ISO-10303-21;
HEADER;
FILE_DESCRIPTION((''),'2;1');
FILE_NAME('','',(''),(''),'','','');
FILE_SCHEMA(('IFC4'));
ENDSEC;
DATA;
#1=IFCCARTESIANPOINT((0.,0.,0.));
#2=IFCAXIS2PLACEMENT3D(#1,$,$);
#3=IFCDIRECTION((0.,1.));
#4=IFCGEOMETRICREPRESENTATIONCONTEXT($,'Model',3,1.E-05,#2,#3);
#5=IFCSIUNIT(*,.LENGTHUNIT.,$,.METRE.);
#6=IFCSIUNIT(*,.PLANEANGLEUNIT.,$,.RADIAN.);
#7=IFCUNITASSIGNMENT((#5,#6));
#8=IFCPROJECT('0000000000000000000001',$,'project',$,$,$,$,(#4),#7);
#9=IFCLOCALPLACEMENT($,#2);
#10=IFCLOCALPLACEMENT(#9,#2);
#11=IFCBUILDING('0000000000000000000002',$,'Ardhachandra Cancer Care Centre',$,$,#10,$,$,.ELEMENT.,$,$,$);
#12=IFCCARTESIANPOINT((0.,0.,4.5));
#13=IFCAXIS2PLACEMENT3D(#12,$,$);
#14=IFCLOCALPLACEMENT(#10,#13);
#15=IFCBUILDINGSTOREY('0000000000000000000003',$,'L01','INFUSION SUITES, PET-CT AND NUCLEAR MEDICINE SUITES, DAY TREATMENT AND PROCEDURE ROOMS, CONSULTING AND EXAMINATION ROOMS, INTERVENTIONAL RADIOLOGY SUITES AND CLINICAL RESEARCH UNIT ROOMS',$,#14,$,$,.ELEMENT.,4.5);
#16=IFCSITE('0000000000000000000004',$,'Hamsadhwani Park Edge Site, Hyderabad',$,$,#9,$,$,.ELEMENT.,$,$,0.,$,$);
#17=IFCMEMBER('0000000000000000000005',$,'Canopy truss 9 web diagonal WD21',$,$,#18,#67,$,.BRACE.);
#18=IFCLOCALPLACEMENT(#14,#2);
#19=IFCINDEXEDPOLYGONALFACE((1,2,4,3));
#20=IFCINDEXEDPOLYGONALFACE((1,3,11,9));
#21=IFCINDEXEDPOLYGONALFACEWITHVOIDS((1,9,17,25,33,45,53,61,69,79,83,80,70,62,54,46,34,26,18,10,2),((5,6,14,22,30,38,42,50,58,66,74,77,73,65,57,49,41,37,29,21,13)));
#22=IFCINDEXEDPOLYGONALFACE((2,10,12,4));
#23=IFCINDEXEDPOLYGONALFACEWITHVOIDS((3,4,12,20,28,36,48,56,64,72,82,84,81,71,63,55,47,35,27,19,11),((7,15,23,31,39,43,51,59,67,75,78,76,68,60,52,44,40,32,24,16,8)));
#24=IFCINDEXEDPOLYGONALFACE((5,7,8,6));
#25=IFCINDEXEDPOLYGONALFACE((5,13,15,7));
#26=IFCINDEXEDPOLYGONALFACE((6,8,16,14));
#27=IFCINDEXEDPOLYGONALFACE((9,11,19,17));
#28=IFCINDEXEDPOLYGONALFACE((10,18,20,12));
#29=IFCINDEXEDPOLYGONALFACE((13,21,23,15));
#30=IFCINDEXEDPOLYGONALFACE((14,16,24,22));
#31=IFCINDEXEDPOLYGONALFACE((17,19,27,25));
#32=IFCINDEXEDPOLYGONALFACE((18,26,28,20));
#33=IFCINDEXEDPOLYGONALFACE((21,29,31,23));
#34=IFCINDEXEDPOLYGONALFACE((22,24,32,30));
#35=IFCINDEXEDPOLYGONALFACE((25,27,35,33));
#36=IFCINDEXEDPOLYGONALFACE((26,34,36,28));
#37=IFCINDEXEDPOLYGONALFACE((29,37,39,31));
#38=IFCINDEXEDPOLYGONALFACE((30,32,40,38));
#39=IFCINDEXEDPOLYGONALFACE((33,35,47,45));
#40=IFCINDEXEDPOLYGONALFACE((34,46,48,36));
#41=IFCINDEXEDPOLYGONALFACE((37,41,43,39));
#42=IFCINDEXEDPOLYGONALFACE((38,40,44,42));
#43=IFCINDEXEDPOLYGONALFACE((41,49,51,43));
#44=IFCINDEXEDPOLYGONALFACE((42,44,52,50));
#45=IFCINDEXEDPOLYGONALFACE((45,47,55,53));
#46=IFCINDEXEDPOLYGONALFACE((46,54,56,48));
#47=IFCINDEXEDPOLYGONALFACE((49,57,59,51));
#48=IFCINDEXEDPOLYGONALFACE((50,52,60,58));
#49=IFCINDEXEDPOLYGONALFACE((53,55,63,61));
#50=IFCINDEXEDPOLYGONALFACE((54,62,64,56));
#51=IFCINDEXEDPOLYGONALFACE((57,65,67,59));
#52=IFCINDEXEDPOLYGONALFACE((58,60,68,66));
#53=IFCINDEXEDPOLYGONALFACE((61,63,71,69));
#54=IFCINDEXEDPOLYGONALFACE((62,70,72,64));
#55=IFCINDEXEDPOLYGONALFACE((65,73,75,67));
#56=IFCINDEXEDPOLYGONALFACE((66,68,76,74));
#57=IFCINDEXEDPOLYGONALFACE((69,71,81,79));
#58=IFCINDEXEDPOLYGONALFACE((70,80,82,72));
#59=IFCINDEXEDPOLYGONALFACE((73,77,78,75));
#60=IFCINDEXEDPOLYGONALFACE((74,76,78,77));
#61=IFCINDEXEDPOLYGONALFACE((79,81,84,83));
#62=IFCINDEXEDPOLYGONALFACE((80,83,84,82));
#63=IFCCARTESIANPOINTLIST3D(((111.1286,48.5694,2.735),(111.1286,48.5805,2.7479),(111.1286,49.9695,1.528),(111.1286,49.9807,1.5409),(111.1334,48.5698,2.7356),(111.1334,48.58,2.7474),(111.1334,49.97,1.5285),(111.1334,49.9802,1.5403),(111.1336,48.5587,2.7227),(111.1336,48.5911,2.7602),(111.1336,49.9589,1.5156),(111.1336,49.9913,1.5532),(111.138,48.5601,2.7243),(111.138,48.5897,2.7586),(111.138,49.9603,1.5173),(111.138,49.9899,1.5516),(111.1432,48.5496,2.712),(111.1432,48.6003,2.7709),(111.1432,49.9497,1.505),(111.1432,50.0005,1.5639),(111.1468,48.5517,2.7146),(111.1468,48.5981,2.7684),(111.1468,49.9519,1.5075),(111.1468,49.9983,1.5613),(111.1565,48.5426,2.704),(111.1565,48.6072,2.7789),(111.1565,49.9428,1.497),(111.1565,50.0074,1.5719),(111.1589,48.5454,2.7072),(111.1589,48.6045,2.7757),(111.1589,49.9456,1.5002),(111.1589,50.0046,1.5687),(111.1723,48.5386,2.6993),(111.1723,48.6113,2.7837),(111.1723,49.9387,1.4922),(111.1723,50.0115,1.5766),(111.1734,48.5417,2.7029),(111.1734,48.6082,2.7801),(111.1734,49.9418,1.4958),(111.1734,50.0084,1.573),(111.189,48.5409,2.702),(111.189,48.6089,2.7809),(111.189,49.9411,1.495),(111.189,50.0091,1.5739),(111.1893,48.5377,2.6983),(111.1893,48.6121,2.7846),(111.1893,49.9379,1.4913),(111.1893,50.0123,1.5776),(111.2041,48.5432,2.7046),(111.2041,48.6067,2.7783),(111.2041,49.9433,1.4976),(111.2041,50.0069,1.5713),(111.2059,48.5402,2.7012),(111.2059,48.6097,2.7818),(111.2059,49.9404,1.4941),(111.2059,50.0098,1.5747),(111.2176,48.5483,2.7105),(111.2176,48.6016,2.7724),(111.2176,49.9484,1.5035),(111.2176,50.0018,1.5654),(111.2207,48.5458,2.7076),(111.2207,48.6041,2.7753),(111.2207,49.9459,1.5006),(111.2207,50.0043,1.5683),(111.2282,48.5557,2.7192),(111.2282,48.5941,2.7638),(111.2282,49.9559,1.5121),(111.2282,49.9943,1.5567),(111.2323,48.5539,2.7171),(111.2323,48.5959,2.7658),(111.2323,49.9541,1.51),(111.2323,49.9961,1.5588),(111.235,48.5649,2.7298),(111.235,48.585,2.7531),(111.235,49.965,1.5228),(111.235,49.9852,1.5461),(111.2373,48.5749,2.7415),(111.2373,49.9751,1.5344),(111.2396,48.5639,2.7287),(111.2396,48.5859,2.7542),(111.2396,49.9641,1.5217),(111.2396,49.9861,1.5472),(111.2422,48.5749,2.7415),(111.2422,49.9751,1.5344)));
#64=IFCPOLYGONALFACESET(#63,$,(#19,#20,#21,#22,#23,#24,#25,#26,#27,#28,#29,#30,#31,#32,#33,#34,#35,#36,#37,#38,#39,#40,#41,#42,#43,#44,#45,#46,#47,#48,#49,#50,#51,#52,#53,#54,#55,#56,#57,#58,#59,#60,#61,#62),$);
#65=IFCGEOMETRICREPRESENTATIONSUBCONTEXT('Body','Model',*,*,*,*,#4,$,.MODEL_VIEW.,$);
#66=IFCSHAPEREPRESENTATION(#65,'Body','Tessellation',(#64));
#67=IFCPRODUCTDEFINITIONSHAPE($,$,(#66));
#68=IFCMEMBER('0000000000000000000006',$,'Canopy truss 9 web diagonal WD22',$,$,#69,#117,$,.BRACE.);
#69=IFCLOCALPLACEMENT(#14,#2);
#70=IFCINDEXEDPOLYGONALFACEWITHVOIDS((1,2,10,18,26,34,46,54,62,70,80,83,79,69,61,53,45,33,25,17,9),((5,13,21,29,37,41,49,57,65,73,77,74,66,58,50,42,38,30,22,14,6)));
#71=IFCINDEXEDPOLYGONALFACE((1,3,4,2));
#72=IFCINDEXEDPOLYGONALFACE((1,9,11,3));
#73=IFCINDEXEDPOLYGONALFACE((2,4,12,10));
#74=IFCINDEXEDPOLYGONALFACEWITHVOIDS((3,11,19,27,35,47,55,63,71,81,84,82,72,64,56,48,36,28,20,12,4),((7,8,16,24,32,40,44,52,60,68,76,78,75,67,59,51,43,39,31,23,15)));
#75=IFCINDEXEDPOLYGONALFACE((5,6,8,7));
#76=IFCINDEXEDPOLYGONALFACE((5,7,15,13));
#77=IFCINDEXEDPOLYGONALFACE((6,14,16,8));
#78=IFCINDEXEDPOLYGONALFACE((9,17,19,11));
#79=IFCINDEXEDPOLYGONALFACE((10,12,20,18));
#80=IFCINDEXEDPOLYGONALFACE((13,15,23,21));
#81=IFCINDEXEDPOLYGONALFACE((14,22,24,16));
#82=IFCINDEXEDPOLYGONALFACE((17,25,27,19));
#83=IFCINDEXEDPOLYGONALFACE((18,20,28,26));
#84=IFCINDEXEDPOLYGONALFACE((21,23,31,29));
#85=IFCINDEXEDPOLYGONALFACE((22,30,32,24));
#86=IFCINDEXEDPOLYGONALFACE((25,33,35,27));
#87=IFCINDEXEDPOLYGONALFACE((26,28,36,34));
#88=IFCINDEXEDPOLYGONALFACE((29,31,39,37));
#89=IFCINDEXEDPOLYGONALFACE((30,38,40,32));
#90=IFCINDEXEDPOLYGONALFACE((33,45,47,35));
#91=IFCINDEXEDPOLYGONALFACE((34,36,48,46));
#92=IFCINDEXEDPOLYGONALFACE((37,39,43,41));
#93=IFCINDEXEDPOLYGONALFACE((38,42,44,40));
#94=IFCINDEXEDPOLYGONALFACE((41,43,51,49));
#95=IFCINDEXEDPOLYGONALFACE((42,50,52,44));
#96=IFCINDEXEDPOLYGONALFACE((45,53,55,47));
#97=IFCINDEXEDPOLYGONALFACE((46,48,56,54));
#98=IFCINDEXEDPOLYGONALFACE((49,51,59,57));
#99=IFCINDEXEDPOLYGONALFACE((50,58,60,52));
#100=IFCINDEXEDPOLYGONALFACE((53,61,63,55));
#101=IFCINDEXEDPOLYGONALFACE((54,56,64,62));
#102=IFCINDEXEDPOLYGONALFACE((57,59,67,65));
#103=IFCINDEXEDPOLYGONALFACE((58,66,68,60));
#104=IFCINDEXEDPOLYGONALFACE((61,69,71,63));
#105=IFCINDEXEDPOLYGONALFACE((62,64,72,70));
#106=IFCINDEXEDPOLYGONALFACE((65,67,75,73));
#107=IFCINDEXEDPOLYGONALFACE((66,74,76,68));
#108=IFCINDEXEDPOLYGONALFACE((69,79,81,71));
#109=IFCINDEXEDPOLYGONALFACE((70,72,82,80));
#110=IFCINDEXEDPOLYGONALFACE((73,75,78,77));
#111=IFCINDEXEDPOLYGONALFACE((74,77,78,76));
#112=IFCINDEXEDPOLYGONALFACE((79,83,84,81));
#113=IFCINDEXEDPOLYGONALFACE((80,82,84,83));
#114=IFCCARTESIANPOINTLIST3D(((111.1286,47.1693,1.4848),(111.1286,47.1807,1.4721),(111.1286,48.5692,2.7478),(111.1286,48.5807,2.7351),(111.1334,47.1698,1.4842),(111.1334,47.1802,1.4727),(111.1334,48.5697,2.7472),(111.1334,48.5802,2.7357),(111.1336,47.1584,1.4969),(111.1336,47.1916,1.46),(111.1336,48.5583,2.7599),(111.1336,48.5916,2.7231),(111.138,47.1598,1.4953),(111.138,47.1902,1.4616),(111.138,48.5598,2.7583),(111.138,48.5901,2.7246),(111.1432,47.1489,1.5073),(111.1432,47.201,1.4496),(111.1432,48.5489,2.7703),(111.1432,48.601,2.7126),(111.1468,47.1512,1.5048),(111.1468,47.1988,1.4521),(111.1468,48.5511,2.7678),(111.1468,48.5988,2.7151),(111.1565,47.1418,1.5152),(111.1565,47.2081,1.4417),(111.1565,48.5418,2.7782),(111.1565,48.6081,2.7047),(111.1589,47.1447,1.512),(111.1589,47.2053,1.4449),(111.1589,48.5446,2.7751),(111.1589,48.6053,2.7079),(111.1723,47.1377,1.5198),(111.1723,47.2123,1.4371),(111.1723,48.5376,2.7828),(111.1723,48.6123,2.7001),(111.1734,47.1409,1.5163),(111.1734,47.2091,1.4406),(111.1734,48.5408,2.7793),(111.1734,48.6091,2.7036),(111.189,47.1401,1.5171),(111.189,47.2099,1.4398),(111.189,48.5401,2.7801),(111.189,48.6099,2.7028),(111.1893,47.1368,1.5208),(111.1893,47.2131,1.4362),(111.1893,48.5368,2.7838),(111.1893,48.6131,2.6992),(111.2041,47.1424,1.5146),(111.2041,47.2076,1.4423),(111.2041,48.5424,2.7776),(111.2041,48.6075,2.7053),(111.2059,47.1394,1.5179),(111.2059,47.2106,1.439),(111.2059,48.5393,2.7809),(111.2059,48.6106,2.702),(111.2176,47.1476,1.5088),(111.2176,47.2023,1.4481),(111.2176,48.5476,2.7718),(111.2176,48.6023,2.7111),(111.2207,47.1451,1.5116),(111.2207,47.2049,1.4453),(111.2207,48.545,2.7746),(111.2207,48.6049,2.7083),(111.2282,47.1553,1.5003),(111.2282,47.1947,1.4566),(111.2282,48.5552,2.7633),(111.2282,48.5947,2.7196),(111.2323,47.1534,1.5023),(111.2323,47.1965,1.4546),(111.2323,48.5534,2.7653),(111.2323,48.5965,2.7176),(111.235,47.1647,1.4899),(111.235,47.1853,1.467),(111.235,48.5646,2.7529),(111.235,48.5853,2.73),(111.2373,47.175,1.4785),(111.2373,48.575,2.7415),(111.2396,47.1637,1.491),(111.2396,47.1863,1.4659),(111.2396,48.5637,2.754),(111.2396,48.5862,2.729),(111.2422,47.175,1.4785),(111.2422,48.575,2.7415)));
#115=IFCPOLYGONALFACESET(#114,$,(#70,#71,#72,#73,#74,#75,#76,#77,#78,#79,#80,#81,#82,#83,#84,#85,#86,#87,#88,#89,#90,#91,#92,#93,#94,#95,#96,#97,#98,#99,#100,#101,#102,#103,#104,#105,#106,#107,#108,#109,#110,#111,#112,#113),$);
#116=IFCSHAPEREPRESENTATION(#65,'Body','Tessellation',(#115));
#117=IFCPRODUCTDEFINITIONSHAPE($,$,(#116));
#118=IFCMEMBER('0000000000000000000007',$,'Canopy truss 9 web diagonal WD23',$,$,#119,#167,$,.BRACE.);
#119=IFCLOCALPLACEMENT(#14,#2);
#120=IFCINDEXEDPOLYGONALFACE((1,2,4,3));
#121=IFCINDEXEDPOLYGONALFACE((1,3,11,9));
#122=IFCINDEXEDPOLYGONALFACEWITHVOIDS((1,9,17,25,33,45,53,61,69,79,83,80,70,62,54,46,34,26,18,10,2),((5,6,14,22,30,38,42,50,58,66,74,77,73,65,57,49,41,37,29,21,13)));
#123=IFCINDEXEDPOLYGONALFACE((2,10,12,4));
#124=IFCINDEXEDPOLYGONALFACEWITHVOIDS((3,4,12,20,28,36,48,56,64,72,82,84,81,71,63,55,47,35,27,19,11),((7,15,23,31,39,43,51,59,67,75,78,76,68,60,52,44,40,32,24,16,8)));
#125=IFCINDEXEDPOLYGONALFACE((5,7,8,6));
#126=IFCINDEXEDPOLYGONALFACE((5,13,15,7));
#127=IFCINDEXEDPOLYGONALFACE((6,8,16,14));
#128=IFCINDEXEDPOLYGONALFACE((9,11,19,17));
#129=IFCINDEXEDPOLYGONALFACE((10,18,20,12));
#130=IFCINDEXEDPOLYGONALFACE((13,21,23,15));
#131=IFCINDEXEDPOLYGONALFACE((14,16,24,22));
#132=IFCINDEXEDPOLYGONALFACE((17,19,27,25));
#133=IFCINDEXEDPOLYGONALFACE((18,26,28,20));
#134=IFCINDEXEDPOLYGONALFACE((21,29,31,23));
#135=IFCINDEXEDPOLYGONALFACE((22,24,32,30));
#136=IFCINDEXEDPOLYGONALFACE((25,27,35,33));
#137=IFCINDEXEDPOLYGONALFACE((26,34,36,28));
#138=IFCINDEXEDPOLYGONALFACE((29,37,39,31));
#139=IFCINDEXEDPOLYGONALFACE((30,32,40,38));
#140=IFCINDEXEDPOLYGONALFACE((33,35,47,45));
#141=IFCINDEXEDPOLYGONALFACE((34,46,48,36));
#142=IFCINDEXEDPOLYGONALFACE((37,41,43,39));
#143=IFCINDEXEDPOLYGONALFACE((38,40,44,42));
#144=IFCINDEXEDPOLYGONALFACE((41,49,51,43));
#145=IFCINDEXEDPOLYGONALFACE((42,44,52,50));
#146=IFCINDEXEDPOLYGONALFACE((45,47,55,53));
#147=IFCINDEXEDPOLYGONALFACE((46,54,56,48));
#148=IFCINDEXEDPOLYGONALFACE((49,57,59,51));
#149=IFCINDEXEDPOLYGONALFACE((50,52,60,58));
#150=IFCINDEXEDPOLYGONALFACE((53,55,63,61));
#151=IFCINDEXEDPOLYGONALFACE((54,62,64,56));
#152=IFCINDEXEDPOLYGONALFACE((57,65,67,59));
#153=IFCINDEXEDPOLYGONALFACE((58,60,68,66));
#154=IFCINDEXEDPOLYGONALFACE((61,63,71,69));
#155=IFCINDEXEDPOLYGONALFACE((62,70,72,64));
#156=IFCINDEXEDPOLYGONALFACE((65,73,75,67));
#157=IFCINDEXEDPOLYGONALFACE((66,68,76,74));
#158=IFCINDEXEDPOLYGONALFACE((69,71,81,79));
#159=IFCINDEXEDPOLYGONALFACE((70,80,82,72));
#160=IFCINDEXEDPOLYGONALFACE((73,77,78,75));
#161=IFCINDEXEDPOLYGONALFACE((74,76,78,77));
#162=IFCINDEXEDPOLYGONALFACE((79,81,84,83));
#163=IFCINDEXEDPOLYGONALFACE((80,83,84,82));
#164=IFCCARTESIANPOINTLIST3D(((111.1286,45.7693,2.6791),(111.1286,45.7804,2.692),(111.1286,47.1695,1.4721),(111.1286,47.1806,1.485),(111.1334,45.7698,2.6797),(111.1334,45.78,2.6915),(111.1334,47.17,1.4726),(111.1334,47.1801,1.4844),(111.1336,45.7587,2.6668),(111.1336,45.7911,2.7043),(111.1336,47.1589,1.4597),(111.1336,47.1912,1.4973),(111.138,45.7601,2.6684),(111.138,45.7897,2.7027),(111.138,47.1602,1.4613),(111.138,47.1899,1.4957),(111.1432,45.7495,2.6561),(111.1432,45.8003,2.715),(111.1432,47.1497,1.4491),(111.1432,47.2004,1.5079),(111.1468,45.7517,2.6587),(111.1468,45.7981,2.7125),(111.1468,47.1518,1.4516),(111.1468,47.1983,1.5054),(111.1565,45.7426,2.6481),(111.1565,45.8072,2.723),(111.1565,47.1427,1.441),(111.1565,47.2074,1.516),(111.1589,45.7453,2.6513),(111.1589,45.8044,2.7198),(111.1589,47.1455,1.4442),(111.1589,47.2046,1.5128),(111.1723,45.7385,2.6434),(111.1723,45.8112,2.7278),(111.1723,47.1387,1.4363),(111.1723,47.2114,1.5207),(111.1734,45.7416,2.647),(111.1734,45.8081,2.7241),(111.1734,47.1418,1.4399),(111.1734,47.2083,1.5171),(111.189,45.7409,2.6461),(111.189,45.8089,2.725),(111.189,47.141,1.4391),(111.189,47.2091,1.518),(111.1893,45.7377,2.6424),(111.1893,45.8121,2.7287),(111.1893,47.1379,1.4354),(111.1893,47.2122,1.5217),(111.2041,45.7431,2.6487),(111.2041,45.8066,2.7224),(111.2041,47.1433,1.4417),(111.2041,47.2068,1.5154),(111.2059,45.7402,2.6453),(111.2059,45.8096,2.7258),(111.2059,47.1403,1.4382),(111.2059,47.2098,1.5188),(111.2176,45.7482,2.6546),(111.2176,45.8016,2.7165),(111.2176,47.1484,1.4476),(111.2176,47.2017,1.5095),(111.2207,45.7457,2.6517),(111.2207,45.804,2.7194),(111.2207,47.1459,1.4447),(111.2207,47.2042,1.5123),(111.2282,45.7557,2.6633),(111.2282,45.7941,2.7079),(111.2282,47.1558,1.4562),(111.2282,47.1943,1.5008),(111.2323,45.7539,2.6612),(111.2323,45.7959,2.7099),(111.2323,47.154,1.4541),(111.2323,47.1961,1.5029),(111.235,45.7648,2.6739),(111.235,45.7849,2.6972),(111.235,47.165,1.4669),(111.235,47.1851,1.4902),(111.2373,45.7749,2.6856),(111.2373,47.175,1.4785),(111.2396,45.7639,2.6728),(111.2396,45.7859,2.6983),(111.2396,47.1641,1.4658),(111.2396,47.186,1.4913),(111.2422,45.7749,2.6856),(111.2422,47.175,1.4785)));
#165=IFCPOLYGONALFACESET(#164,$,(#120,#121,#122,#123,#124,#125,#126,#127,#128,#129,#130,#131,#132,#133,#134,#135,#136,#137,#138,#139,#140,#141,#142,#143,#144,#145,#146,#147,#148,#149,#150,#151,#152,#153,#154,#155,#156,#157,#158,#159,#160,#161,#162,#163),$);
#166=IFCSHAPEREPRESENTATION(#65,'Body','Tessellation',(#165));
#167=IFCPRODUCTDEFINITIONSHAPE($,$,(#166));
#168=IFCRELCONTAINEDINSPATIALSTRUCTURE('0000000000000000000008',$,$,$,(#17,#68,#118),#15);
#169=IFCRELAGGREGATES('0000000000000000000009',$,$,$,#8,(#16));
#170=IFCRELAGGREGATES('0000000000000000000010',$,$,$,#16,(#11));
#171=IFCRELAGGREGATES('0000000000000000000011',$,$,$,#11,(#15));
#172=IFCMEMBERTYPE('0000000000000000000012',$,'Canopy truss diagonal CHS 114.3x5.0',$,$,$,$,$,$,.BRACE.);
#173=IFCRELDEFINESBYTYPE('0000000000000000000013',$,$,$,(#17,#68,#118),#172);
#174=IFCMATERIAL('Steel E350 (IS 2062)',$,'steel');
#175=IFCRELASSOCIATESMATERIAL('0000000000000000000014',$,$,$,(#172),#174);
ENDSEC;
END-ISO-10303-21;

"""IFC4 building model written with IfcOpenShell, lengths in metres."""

from ifc_helpers import new_model, si_unit, direction, frame, origin, origin_2d, place, context, subcontext, project, spatial, hollow_circle, extrude, material, material_profile, profile_set, type_object, element, save


model = new_model("IFC4")

# Units and contexts
model_context = context("Model", 3, precision=1e-05, world=origin(), true_north=direction((0.0, 1.0)))
body_context = subcontext(model_context, "Body", "Model", "MODEL_VIEW")
ifc_project = project(units=[si_unit("LENGTHUNIT", "METRE"), si_unit("PLANEANGLEUNIT", "RADIAN")], contexts=[model_context])

# Site, building, storey
site_placement = place(None, origin())
site = spatial("IfcSite", under=ifc_project, at=site_placement, Name="Hamsadhwani Park Edge Site, Hyderabad", CompositionType="ELEMENT", RefElevation=0.0)
building_placement = place(site_placement, origin())
building = spatial("IfcBuilding", under=site, at=building_placement, Name="Ardhachandra Cancer Care Centre", CompositionType="ELEMENT")
storey_placement = place(building_placement, frame((0.0, 0.0, 4.5)))
storey = spatial("IfcBuildingStorey", under=building, at=storey_placement, Name="L01", Description="INFUSION SUITES, PET-CT AND NUCLEAR MEDICINE SUITES, DAY TREATMENT AND PROCEDURE ROOMS, CONSULTING AND EXAMINATION ROOMS, INTERVENTIONAL RADIOLOGY SUITES AND CLINICAL RESEARCH UNIT ROOMS", CompositionType="ELEMENT", Elevation=4.5)

# Members
ifc_material_1 = material(Name="Steel E350 (IS 2062)", Category="steel")
ifc_material_profile_1 = material_profile(ifc_material_1, hollow_circle(Radius=0.0571, WallThickness=0.0049, at=origin_2d()), Name="CHS 114.3x5.0")
ifc_profile_set_1 = profile_set([ifc_material_profile_1], Name="Steel E350 (IS 2062)")
member_type_1 = type_object("IfcMemberType", Name="Canopy truss diagonal CHS 114.3x5.0", PredefinedType="BRACE", material=ifc_profile_set_1)
member_1_placement = place(storey_placement, frame((111.1851, 49.9751, 1.5344), z_axis=(0.0, -0.757408, 0.652942), x_axis=(1.0, 0.0, 0.0)))
element("IfcMember", 1, at=member_1_placement, inside=storey, type_object=member_type_1, Name="Canopy truss 9 web diagonal WD21", PredefinedType="BRACE", context=body_context, shape_type="SweptSolid", body=[
    extrude(hollow_circle(Radius=0.0571, WallThickness=0.0049, at=origin_2d()), origin(), (0.0, 0.0, 1.0), 1.8486),
])
member_2_placement = place(storey_placement, frame((111.1851, 48.575, 2.7415), z_axis=(0.0, -0.742495, -0.669851), x_axis=(1.0, 0.0, 0.0)))
element("IfcMember", 2, at=member_2_placement, inside=storey, type_object=member_type_1, Name="Canopy truss 9 web diagonal WD22", PredefinedType="BRACE", context=body_context, shape_type="SweptSolid", body=[
    extrude(hollow_circle(Radius=0.0571, WallThickness=0.0049, at=origin_2d()), origin(), (0.0, 0.0, 1.0), 1.8855),
])
member_3_placement = place(storey_placement, frame((111.1851, 47.175, 1.4785), z_axis=(0.0, -0.757408, 0.652942), x_axis=(1.0, 0.0, 0.0)))
element("IfcMember", 3, at=member_3_placement, inside=storey, type_object=member_type_1, Name="Canopy truss 9 web diagonal WD23", PredefinedType="BRACE", context=body_context, shape_type="SweptSolid", body=[
    extrude(hollow_circle(Radius=0.0571, WallThickness=0.0049, at=origin_2d()), origin(), (0.0, 0.0, 1.0), 1.8486),
])

save(model, "model.ifc")
